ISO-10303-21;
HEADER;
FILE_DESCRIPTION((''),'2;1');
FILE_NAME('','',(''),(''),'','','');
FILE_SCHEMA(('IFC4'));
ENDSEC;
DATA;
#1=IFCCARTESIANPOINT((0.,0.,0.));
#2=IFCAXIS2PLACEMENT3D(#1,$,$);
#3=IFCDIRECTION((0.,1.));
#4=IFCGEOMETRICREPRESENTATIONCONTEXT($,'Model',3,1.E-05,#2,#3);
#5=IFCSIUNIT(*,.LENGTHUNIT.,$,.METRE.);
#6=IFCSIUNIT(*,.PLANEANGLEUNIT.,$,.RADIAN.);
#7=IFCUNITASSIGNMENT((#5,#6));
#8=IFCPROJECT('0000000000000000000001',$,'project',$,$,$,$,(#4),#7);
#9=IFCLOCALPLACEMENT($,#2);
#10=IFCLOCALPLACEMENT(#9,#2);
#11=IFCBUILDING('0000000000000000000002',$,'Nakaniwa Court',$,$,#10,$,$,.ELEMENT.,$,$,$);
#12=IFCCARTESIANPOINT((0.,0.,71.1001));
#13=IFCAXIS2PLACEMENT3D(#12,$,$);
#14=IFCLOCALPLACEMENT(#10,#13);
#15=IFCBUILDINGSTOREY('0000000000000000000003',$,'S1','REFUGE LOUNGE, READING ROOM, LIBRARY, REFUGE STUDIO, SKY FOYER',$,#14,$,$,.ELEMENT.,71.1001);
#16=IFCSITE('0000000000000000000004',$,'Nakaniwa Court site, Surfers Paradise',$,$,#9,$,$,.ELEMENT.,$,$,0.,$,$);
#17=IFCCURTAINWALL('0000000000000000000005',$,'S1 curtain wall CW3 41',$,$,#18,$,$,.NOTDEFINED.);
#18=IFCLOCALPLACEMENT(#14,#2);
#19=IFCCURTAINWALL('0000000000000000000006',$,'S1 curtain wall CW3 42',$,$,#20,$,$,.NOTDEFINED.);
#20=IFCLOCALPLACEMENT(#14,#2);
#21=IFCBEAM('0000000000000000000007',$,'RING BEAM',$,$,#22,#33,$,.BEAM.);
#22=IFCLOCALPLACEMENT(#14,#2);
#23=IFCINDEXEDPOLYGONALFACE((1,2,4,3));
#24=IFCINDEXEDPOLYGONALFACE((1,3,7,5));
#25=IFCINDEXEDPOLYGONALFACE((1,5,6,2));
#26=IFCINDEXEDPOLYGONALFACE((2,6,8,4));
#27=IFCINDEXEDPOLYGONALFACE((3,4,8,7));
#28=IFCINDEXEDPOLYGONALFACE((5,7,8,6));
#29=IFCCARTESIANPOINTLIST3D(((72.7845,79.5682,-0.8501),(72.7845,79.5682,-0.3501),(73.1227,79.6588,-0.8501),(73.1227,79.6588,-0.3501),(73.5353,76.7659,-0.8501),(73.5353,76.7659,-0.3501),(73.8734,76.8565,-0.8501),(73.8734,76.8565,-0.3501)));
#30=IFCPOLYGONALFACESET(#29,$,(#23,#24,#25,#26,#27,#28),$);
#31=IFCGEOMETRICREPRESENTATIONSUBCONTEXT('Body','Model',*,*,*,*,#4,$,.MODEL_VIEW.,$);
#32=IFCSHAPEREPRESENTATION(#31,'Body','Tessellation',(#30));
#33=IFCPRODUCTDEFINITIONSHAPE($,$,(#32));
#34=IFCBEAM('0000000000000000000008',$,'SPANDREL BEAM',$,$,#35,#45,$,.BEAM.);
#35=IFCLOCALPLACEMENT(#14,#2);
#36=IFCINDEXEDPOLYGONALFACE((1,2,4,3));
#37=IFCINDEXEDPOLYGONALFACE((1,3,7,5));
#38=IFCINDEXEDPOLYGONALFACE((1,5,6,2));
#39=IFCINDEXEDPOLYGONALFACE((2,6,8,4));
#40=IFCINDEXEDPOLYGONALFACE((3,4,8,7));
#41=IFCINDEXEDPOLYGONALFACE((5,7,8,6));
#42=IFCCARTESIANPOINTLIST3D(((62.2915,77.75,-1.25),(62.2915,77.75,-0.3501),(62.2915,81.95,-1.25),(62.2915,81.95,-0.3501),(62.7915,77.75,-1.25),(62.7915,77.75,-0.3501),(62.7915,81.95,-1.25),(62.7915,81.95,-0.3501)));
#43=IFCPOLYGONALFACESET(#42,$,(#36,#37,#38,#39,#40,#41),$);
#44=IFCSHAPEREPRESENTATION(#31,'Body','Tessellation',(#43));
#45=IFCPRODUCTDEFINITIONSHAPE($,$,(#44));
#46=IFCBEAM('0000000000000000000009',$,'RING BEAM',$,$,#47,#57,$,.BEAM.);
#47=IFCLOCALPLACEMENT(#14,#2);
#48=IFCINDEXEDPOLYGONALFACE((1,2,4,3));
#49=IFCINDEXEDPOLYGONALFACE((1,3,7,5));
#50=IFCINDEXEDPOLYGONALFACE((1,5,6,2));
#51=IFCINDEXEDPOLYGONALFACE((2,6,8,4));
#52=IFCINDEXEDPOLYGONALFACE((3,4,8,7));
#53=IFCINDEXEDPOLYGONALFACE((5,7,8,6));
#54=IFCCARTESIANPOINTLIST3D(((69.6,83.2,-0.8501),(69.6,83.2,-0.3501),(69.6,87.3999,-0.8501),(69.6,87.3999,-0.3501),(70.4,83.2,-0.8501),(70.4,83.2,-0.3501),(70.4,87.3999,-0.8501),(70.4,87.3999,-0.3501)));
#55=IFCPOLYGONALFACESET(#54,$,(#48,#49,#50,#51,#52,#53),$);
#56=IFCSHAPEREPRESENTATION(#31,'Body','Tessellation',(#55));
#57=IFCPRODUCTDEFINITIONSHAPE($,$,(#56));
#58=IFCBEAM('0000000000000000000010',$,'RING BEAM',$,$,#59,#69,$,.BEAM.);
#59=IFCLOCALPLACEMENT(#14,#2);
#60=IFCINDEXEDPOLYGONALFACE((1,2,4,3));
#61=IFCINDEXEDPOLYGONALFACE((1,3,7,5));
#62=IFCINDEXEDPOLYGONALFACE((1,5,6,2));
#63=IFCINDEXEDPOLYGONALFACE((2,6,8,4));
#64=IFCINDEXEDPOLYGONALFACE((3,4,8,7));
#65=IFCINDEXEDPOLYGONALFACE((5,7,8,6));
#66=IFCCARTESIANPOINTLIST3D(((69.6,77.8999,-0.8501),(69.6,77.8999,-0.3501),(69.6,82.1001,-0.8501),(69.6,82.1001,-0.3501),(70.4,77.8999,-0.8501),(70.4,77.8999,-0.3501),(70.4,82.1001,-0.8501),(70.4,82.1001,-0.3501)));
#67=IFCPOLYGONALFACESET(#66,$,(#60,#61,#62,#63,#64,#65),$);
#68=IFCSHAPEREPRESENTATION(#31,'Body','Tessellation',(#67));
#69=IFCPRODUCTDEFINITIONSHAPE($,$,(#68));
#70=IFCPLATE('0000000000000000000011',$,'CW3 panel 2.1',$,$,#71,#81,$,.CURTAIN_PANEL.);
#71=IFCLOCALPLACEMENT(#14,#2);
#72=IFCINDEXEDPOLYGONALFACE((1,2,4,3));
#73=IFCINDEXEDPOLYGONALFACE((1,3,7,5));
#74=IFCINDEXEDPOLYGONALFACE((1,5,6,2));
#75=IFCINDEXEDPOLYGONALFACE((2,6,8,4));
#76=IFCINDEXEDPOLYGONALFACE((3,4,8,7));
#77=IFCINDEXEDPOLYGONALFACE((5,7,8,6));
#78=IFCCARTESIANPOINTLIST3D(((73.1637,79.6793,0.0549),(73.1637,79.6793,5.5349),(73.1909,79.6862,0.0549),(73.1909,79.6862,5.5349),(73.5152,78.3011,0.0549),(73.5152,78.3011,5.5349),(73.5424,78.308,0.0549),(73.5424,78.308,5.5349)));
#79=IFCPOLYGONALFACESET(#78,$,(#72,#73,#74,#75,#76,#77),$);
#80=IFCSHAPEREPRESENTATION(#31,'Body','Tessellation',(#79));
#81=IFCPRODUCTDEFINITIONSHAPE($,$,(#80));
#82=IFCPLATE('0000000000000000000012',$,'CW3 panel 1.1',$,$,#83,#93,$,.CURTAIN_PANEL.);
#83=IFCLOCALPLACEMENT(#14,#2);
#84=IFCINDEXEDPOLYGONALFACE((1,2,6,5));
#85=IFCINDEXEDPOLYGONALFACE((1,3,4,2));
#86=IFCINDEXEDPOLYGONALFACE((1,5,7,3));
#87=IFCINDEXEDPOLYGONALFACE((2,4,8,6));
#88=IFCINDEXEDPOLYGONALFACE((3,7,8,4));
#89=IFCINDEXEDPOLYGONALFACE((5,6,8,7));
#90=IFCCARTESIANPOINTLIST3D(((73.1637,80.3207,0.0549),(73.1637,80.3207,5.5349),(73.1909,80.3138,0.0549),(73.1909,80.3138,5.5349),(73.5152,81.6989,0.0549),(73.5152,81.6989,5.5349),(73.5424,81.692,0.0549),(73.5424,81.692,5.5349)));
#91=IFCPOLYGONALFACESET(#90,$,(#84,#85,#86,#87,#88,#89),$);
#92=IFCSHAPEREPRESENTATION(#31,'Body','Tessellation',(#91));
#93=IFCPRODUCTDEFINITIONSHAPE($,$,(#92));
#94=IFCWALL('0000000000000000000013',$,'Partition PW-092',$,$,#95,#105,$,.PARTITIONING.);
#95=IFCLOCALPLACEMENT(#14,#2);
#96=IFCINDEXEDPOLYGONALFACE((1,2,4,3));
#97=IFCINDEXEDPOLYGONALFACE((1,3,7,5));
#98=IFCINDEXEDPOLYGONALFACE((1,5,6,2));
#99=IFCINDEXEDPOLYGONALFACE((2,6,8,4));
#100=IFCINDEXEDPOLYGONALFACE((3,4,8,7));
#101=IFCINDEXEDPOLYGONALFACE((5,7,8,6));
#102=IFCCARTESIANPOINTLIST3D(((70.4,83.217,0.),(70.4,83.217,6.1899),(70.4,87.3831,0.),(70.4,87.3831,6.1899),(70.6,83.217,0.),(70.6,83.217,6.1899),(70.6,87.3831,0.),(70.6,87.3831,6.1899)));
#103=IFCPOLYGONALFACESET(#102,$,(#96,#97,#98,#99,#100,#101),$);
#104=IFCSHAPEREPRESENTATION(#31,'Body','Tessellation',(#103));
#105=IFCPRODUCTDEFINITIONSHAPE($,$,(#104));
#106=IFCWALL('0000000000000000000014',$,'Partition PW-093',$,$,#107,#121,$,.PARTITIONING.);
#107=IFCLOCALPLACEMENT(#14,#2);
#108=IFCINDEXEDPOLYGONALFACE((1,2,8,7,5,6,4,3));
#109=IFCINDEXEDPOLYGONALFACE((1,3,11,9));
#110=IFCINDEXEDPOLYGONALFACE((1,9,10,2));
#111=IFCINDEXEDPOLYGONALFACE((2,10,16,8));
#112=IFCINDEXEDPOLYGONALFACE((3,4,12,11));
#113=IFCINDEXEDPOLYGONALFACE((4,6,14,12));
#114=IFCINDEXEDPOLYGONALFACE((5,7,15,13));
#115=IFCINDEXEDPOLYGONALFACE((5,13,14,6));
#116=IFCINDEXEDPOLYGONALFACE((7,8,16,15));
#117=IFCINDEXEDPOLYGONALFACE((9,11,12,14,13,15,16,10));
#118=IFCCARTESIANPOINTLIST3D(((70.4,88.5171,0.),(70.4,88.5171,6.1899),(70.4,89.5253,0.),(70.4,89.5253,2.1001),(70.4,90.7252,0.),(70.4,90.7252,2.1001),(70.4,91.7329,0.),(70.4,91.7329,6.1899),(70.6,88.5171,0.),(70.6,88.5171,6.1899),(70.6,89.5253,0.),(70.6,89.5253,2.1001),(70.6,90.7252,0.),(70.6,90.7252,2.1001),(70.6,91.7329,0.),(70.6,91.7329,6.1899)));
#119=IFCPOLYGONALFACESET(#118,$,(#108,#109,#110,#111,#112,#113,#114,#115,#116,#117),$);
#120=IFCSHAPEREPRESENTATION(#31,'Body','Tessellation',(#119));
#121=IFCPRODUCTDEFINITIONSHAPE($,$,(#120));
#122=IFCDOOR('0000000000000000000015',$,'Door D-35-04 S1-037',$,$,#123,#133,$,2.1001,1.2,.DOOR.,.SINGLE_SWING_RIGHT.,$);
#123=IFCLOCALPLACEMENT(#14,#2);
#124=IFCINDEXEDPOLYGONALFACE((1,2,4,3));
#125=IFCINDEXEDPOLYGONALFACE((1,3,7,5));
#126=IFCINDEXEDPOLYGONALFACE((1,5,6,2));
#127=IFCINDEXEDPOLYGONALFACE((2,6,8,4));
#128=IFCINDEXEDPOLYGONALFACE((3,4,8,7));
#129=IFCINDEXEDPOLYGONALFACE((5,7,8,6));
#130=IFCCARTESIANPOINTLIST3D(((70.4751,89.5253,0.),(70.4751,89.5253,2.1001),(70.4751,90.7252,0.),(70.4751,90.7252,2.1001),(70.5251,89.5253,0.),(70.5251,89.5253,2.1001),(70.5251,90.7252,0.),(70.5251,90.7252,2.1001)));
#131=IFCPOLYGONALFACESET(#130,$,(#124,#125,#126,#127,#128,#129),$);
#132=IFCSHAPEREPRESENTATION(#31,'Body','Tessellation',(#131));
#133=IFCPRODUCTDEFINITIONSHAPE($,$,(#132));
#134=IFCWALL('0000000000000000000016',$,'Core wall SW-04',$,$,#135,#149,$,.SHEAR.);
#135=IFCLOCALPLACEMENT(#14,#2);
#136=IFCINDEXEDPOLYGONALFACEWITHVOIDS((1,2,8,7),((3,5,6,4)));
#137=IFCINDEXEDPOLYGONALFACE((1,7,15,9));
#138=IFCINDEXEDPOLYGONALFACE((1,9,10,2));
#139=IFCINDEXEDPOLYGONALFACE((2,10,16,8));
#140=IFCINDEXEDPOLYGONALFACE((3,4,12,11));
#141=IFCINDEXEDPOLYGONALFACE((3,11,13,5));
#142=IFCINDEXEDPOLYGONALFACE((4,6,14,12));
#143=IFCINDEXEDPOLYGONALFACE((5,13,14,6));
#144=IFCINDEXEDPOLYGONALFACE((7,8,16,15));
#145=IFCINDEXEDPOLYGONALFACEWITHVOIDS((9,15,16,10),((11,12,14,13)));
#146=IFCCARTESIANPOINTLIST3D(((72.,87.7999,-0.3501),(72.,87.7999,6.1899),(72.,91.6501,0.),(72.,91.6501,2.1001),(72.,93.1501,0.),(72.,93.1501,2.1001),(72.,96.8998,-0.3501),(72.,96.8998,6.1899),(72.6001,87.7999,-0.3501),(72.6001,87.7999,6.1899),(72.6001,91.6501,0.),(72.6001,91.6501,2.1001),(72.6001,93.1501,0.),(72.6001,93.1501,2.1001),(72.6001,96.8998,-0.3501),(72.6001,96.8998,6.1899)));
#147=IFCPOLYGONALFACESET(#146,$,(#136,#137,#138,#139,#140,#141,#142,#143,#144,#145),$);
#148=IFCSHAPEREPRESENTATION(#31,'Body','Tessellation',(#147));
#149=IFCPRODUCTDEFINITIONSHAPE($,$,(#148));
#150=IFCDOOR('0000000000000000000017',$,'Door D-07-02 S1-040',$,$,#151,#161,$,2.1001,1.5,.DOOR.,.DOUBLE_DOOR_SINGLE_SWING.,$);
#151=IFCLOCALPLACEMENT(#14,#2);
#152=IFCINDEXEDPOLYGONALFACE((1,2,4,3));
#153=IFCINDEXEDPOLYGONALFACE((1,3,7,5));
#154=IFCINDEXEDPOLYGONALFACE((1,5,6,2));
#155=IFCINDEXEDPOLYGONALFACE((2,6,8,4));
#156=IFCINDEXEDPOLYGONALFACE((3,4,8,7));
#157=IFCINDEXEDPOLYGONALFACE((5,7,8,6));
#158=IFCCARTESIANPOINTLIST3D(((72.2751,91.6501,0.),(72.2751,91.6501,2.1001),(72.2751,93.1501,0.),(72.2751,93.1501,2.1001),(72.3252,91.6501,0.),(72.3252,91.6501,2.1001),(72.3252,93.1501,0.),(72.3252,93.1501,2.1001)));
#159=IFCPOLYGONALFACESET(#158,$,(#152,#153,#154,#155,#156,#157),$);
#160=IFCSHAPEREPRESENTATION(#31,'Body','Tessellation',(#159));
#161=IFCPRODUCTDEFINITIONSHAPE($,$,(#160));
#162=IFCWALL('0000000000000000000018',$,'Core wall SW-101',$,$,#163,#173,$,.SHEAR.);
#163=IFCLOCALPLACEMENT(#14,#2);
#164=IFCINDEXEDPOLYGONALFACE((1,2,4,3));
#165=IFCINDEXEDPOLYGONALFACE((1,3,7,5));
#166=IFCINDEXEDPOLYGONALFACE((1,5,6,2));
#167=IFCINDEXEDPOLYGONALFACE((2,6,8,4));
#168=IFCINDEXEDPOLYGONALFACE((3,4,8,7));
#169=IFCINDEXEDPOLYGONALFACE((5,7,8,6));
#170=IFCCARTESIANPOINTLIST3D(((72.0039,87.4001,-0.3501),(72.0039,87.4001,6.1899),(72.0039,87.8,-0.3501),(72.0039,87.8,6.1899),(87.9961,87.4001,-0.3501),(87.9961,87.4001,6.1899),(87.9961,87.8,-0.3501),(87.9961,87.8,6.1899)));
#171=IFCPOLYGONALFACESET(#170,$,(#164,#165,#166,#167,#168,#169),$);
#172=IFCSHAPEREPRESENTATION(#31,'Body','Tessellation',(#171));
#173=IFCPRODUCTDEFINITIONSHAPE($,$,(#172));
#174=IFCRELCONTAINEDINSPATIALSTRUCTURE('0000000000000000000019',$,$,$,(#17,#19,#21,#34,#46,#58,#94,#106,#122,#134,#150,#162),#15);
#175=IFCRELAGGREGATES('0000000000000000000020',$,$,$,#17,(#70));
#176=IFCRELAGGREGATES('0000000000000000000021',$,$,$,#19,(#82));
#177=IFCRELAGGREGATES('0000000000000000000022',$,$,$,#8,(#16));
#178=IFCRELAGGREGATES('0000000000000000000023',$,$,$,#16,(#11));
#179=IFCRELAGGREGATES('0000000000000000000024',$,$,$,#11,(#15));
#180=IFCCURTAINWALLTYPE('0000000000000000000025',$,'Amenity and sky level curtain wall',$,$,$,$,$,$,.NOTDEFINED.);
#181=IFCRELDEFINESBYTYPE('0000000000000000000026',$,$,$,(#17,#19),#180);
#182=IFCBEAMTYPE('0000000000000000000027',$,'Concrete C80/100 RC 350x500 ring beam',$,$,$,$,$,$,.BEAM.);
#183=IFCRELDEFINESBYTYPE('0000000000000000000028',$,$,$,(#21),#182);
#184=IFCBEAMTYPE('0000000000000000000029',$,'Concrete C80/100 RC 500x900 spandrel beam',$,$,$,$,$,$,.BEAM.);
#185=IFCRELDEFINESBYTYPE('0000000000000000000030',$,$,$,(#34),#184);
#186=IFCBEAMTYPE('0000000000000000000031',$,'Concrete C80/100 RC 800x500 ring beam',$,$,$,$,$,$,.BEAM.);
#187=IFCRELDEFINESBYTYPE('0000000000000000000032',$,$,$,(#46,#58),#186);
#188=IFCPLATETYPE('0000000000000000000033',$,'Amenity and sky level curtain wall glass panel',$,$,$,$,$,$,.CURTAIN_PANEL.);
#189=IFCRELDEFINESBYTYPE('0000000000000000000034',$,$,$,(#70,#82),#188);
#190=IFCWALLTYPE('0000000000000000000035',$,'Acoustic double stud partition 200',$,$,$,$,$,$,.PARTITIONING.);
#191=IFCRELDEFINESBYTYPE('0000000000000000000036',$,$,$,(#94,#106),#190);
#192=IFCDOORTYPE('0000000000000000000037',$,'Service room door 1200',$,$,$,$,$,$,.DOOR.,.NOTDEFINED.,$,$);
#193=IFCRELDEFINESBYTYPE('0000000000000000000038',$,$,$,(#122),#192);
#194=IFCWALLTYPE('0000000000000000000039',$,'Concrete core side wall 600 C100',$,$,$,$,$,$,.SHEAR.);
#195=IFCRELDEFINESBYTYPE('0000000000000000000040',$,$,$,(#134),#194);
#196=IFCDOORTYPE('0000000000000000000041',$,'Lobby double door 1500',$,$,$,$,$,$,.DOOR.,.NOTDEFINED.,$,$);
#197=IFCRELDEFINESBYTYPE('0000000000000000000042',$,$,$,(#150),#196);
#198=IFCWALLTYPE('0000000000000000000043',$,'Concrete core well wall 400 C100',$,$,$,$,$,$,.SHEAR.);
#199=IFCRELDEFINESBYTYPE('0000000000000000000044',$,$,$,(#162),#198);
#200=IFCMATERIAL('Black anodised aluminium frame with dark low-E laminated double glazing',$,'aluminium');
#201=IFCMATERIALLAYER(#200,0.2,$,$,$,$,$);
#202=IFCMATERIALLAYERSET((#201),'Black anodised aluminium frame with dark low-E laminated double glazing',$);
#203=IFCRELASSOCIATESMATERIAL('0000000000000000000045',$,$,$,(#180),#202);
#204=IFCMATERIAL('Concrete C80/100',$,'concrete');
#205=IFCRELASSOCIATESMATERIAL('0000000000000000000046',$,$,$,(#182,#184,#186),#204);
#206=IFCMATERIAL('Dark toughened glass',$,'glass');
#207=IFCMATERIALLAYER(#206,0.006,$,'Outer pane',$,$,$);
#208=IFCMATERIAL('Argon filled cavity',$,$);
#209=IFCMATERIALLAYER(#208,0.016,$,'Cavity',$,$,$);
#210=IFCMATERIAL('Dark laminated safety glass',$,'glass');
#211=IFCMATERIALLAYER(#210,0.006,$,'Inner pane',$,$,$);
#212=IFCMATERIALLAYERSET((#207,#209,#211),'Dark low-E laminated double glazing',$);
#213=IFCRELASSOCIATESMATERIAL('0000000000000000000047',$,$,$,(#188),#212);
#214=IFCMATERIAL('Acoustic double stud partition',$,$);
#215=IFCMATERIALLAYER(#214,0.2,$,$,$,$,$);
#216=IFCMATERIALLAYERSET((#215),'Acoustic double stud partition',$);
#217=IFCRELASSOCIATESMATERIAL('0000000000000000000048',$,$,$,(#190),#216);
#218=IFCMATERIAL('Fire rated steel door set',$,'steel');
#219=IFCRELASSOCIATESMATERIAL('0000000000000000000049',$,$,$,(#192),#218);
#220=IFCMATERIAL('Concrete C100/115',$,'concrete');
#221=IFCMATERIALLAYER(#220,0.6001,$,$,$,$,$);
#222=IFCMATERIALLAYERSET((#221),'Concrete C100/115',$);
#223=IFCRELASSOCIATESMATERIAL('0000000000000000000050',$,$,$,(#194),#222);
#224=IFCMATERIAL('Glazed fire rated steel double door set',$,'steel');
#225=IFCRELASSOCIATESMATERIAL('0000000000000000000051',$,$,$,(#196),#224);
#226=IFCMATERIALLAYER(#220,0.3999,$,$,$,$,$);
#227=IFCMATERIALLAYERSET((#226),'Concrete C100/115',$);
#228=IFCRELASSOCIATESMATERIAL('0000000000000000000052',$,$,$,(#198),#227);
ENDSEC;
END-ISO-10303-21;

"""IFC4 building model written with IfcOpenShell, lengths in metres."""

from ifc_helpers import new_model, si_unit, direction, frame, frame_2d, origin, origin_2d, place, context, subcontext, project, spatial, rectangle, extrude, material, layer, layer_set, material_profile, profile_set, type_object, element, fill, aggregate, save


model = new_model("IFC4")

# Units and contexts
model_context = context("Model", 3, precision=1e-05, world=origin(), true_north=direction((0.0, 1.0)))
body_context = subcontext(model_context, "Body", "Model", "MODEL_VIEW")
ifc_project = project(units=[si_unit("LENGTHUNIT", "METRE"), si_unit("PLANEANGLEUNIT", "RADIAN")], contexts=[model_context])

# Site, building, storey
site_placement = place(None, origin())
site = spatial("IfcSite", under=ifc_project, at=site_placement, Name="Nakaniwa Court site, Surfers Paradise", CompositionType="ELEMENT", RefElevation=0.0)
building_placement = place(site_placement, origin())
building = spatial("IfcBuilding", under=site, at=building_placement, Name="Nakaniwa Court", CompositionType="ELEMENT")
storey_placement = place(building_placement, frame((0.0, 0.0, 71.1001)))
storey = spatial("IfcBuildingStorey", under=building, at=storey_placement, Name="S1", Description="REFUGE LOUNGE, READING ROOM, LIBRARY, REFUGE STUDIO, SKY FOYER", CompositionType="ELEMENT", Elevation=71.1001)

# Shared definitions
ifc_material_1 = material(Name="Concrete C80/100", Category="concrete")

# Curtain wall
ifc_material_2 = material(Name="Black anodised aluminium frame with dark low-E laminated double glazing", Category="aluminium")
ifc_layer_1 = layer(ifc_material_2, 0.2)
ifc_layer_set_1 = layer_set([ifc_layer_1], Name="Black anodised aluminium frame with dark low-E laminated double glazing")
curtain_wall_type = type_object("IfcCurtainWallType", Name="Amenity and sky level curtain wall", PredefinedType="NOTDEFINED", material=ifc_layer_set_1)
curtain_wall_1_placement = place(storey_placement, origin())
curtain_wall_1 = element("IfcCurtainWall", 1, at=curtain_wall_1_placement, inside=storey, type_object=curtain_wall_type, Name="S1 curtain wall CW3 41", PredefinedType="NOTDEFINED")

# Curtain wall
curtain_wall_2_placement = place(storey_placement, origin())
curtain_wall_2 = element("IfcCurtainWall", 2, at=curtain_wall_2_placement, inside=storey, type_object=curtain_wall_type, Name="S1 curtain wall CW3 42", PredefinedType="NOTDEFINED")

# Beams
ifc_material_profile_1 = material_profile(ifc_material_1, rectangle(XDim=0.3501, YDim=0.5, at=origin_2d()), Name="Concrete C80/100 RC 350x500 ring beam")
ifc_profile_set_1 = profile_set([ifc_material_profile_1], Name="Concrete C80/100")
beam_type_1 = type_object("IfcBeamType", Name="Concrete C80/100 RC 350x500 ring beam", PredefinedType="BEAM", material=ifc_profile_set_1)
beam_1_placement = place(storey_placement, frame((72.9536, 79.6135, -0.6001), z_axis=(0.258778, -0.965937, 0.0), x_axis=(0.965937, 0.258778, 0.0)))
element("IfcBeam", 3, at=beam_1_placement, inside=storey, type_object=beam_type_1, Name="RING BEAM", PredefinedType="BEAM", context=body_context, shape_type="SweptSolid", body=[
    extrude(rectangle(XDim=0.3501, YDim=0.5, at=origin_2d()), origin(), (0.0, 0.0, 1.0), 2.9011),
])
ifc_material_profile_2 = material_profile(ifc_material_1, rectangle(XDim=0.5, YDim=0.8999, at=origin_2d()), Name="Concrete C80/100 RC 500x900 spandrel beam")
ifc_profile_set_2 = profile_set([ifc_material_profile_2], Name="Concrete C80/100")
beam_type_2 = type_object("IfcBeamType", Name="Concrete C80/100 RC 500x900 spandrel beam", PredefinedType="BEAM", material=ifc_profile_set_2)
beam_2_placement = place(storey_placement, frame((62.5415, 81.95, -0.8), z_axis=(0.0, -1.0, 0.0), x_axis=(1.0, 0.0, 0.0)))
element("IfcBeam", 4, at=beam_2_placement, inside=storey, type_object=beam_type_2, Name="SPANDREL BEAM", PredefinedType="BEAM", context=body_context, shape_type="SweptSolid", body=[
    extrude(rectangle(XDim=0.5, YDim=0.8999, at=origin_2d()), origin(), (0.0, 0.0, 1.0), 4.2),
])
ifc_material_profile_3 = material_profile(ifc_material_1, rectangle(XDim=0.8, YDim=0.5, at=origin_2d()), Name="Concrete C80/100 RC 800x500 ring beam")
ifc_profile_set_3 = profile_set([ifc_material_profile_3], Name="Concrete C80/100")
beam_type_3 = type_object("IfcBeamType", Name="Concrete C80/100 RC 800x500 ring beam", PredefinedType="BEAM", material=ifc_profile_set_3)
beam_3_placement = place(storey_placement, frame((70.0, 87.3999, -0.6001), z_axis=(0.0, -1.0, 0.0), x_axis=(1.0, 0.0, 0.0)))
element("IfcBeam", 5, at=beam_3_placement, inside=storey, type_object=beam_type_3, Name="RING BEAM", PredefinedType="BEAM", context=body_context, shape_type="SweptSolid", body=[
    extrude(rectangle(XDim=0.8, YDim=0.5, at=origin_2d()), origin(), (0.0, 0.0, 1.0), 4.2),
])
beam_4_placement = place(storey_placement, frame((70.0, 82.1001, -0.6001), z_axis=(0.0, -1.0, 0.0), x_axis=(1.0, 0.0, 0.0)))
element("IfcBeam", 6, at=beam_4_placement, inside=storey, type_object=beam_type_3, Name="RING BEAM", PredefinedType="BEAM", context=body_context, shape_type="SweptSolid", body=[
    extrude(rectangle(XDim=0.8, YDim=0.5, at=origin_2d()), origin(), (0.0, 0.0, 1.0), 4.2002),
])

# Plates
ifc_material_3 = material(Name="Dark toughened glass", Category="glass")
ifc_layer_2 = layer(ifc_material_3, 0.006, Name="Outer pane")
ifc_material_4 = material(Name="Argon filled cavity")
ifc_layer_3 = layer(ifc_material_4, 0.016, Name="Cavity")
ifc_material_5 = material(Name="Dark laminated safety glass", Category="glass")
ifc_layer_4 = layer(ifc_material_5, 0.006, Name="Inner pane")
ifc_layer_set_2 = layer_set([ifc_layer_2, ifc_layer_3, ifc_layer_4], Name="Dark low-E laminated double glazing")
plate_type = type_object("IfcPlateType", Name="Amenity and sky level curtain wall glass panel", PredefinedType="CURTAIN_PANEL", material=ifc_layer_set_2)
plate_1_placement = place(storey_placement, frame((73.353, 78.9937, 0.0549), z_axis=(0.0, 0.0, 1.0), x_axis=(-0.247114, 0.968986, 0.0)))
plate_1 = element("IfcPlate", 7, at=plate_1_placement, type_object=plate_type, Name="CW3 panel 2.1", PredefinedType="CURTAIN_PANEL", context=body_context, shape_type="SweptSolid", body=[
    extrude(rectangle(XDim=1.4224, YDim=0.0281, at=origin_2d()), origin(), (0.0, 0.0, 1.0), 5.48),
])
aggregate(curtain_wall_1, [plate_1])
plate_2_placement = place(storey_placement, frame((73.353, 81.0063, 0.0549), z_axis=(0.0, 0.0, 1.0), x_axis=(0.247114, 0.968986, 0.0)))
plate_2 = element("IfcPlate", 8, at=plate_2_placement, type_object=plate_type, Name="CW3 panel 1.1", PredefinedType="CURTAIN_PANEL", context=body_context, shape_type="SweptSolid", body=[
    extrude(rectangle(XDim=1.4224, YDim=0.0281, at=origin_2d()), origin(), (0.0, 0.0, 1.0), 5.48),
])
aggregate(curtain_wall_2, [plate_2])

# Wall
ifc_material_6 = material(Name="Acoustic double stud partition")
ifc_layer_5 = layer(ifc_material_6, 0.2)
ifc_layer_set_3 = layer_set([ifc_layer_5], Name="Acoustic double stud partition")
wall_type_1 = type_object("IfcWallType", Name="Acoustic double stud partition 200", PredefinedType="PARTITIONING", material=ifc_layer_set_3)
wall_1_placement = place(storey_placement, frame((70.5, 83.217, 0.0), z_axis=(0.0, 0.0, 1.0), x_axis=(0.0, 1.0, 0.0)))
element("IfcWall", 9, at=wall_1_placement, inside=storey, type_object=wall_type_1, Name="Partition PW-092", PredefinedType="PARTITIONING", context=body_context, shape_type="SweptSolid", body=[
    extrude(rectangle(XDim=4.166, YDim=0.2, at=frame_2d((2.083, 0.0))), origin(), (0.0, 0.0, 1.0), 6.1899),
])

# Walls, openings, doors
wall_2_placement = place(storey_placement, frame((70.5, 88.5171, 0.0), z_axis=(0.0, 0.0, 1.0), x_axis=(0.0, 1.0, 0.0)))
wall_2 = element("IfcWall", 10, at=wall_2_placement, inside=storey, type_object=wall_type_1, Name="Partition PW-093", PredefinedType="PARTITIONING", context=body_context, shape_type="SweptSolid", body=[
    extrude(rectangle(XDim=3.2158, YDim=0.2, at=frame_2d((1.6079, 0.0))), origin(), (0.0, 0.0, 1.0), 6.1899),
])
opening_1_placement = place(wall_2_placement, frame((1.0081, 0.0, 0.0)))
opening_1 = element("IfcOpeningElement", 11, at=opening_1_placement, cuts=wall_2, PredefinedType="OPENING", context=body_context, shape_type="SweptSolid", body=[
    extrude(rectangle(XDim=1.2, YDim=2.1001, at=frame_2d((0.6001, 1.05))), frame((0.0, 0.1099, 0.0), z_axis=(0.0, -1.0, 0.0), x_axis=(1.0, 0.0, 0.0)), (0.0, 0.0, 1.0), 0.22),
])
ifc_material_7 = material(Name="Fire rated steel door set", Category="steel")
door_type_1 = type_object("IfcDoorType", Name="Service room door 1200", OperationType="NOTDEFINED", PredefinedType="DOOR", material=ifc_material_7)
door_1_placement = place(opening_1_placement, origin())
door_1 = element("IfcDoor", 12, at=door_1_placement, inside=storey, type_object=door_type_1, Name="Door D-35-04 S1-037", OperationType="SINGLE_SWING_RIGHT", OverallHeight=2.1001, OverallWidth=1.2, PredefinedType="DOOR", context=body_context, shape_type="SweptSolid", body=[
    extrude(rectangle(XDim=1.2, YDim=2.1001, at=frame_2d((0.6001, 1.05))), frame((0.0, 0.0249, 0.0), z_axis=(0.0, -1.0, 0.0), x_axis=(1.0, 0.0, 0.0)), (0.0, 0.0, 1.0), 0.05),
])
fill(opening_1, door_1)
ifc_material_8 = material(Name="Concrete C100/115", Category="concrete")
ifc_layer_6 = layer(ifc_material_8, 0.6001)
ifc_layer_set_4 = layer_set([ifc_layer_6], Name="Concrete C100/115")
wall_type_2 = type_object("IfcWallType", Name="Concrete core side wall 600 C100", PredefinedType="SHEAR", material=ifc_layer_set_4)
wall_3_placement = place(storey_placement, frame((72.3, 87.8, -0.3501), z_axis=(0.0, 0.0, 1.0), x_axis=(0.0, 1.0, 0.0)))
wall_3 = element("IfcWall", 13, at=wall_3_placement, inside=storey, type_object=wall_type_2, Name="Core wall SW-04", PredefinedType="SHEAR", context=body_context, shape_type="SweptSolid", body=[
    extrude(rectangle(XDim=9.0999, YDim=0.6001, at=frame_2d((4.5498, 0.0))), origin(), (0.0, 0.0, 1.0), 6.54),
])
opening_2_placement = place(wall_3_placement, frame((3.8501, 0.0, 0.3501)))
opening_2 = element("IfcOpeningElement", 14, at=opening_2_placement, cuts=wall_3, PredefinedType="OPENING", context=body_context, shape_type="SweptSolid", body=[
    extrude(rectangle(XDim=1.5, YDim=2.1001, at=frame_2d((0.75, 1.05))), frame((0.0, 0.3101, 0.0), z_axis=(0.0, -1.0, 0.0), x_axis=(1.0, 0.0, 0.0)), (0.0, 0.0, 1.0), 0.6201),
])
ifc_material_9 = material(Name="Glazed fire rated steel double door set", Category="steel")
door_type_2 = type_object("IfcDoorType", Name="Lobby double door 1500", OperationType="NOTDEFINED", PredefinedType="DOOR", material=ifc_material_9)
door_2_placement = place(opening_2_placement, origin())
door_2 = element("IfcDoor", 15, at=door_2_placement, inside=storey, type_object=door_type_2, Name="Door D-07-02 S1-040", OperationType="DOUBLE_DOOR_SINGLE_SWING", OverallHeight=2.1001, OverallWidth=1.5, PredefinedType="DOOR", context=body_context, shape_type="SweptSolid", body=[
    extrude(rectangle(XDim=1.5, YDim=2.1001, at=frame_2d((0.75, 1.05))), frame((0.0, 0.0249, 0.0), z_axis=(0.0, -1.0, 0.0), x_axis=(1.0, 0.0, 0.0)), (0.0, 0.0, 1.0), 0.05),
])
fill(opening_2, door_2)

# Wall
ifc_layer_7 = layer(ifc_material_8, 0.3999)
ifc_layer_set_5 = layer_set([ifc_layer_7], Name="Concrete C100/115")
wall_type_3 = type_object("IfcWallType", Name="Concrete core well wall 400 C100", PredefinedType="SHEAR", material=ifc_layer_set_5)
wall_4_placement = place(storey_placement, frame((72.0039, 87.6001, -0.3501), z_axis=(0.0, 0.0, 1.0), x_axis=(1.0, 0.0, 0.0)))
element("IfcWall", 16, at=wall_4_placement, inside=storey, type_object=wall_type_3, Name="Core wall SW-101", PredefinedType="SHEAR", context=body_context, shape_type="SweptSolid", body=[
    extrude(rectangle(XDim=15.9922, YDim=0.3999, at=frame_2d((7.9961, 0.0))), origin(), (0.0, 0.0, 1.0), 6.54),
])

save(model, "model.ifc")
